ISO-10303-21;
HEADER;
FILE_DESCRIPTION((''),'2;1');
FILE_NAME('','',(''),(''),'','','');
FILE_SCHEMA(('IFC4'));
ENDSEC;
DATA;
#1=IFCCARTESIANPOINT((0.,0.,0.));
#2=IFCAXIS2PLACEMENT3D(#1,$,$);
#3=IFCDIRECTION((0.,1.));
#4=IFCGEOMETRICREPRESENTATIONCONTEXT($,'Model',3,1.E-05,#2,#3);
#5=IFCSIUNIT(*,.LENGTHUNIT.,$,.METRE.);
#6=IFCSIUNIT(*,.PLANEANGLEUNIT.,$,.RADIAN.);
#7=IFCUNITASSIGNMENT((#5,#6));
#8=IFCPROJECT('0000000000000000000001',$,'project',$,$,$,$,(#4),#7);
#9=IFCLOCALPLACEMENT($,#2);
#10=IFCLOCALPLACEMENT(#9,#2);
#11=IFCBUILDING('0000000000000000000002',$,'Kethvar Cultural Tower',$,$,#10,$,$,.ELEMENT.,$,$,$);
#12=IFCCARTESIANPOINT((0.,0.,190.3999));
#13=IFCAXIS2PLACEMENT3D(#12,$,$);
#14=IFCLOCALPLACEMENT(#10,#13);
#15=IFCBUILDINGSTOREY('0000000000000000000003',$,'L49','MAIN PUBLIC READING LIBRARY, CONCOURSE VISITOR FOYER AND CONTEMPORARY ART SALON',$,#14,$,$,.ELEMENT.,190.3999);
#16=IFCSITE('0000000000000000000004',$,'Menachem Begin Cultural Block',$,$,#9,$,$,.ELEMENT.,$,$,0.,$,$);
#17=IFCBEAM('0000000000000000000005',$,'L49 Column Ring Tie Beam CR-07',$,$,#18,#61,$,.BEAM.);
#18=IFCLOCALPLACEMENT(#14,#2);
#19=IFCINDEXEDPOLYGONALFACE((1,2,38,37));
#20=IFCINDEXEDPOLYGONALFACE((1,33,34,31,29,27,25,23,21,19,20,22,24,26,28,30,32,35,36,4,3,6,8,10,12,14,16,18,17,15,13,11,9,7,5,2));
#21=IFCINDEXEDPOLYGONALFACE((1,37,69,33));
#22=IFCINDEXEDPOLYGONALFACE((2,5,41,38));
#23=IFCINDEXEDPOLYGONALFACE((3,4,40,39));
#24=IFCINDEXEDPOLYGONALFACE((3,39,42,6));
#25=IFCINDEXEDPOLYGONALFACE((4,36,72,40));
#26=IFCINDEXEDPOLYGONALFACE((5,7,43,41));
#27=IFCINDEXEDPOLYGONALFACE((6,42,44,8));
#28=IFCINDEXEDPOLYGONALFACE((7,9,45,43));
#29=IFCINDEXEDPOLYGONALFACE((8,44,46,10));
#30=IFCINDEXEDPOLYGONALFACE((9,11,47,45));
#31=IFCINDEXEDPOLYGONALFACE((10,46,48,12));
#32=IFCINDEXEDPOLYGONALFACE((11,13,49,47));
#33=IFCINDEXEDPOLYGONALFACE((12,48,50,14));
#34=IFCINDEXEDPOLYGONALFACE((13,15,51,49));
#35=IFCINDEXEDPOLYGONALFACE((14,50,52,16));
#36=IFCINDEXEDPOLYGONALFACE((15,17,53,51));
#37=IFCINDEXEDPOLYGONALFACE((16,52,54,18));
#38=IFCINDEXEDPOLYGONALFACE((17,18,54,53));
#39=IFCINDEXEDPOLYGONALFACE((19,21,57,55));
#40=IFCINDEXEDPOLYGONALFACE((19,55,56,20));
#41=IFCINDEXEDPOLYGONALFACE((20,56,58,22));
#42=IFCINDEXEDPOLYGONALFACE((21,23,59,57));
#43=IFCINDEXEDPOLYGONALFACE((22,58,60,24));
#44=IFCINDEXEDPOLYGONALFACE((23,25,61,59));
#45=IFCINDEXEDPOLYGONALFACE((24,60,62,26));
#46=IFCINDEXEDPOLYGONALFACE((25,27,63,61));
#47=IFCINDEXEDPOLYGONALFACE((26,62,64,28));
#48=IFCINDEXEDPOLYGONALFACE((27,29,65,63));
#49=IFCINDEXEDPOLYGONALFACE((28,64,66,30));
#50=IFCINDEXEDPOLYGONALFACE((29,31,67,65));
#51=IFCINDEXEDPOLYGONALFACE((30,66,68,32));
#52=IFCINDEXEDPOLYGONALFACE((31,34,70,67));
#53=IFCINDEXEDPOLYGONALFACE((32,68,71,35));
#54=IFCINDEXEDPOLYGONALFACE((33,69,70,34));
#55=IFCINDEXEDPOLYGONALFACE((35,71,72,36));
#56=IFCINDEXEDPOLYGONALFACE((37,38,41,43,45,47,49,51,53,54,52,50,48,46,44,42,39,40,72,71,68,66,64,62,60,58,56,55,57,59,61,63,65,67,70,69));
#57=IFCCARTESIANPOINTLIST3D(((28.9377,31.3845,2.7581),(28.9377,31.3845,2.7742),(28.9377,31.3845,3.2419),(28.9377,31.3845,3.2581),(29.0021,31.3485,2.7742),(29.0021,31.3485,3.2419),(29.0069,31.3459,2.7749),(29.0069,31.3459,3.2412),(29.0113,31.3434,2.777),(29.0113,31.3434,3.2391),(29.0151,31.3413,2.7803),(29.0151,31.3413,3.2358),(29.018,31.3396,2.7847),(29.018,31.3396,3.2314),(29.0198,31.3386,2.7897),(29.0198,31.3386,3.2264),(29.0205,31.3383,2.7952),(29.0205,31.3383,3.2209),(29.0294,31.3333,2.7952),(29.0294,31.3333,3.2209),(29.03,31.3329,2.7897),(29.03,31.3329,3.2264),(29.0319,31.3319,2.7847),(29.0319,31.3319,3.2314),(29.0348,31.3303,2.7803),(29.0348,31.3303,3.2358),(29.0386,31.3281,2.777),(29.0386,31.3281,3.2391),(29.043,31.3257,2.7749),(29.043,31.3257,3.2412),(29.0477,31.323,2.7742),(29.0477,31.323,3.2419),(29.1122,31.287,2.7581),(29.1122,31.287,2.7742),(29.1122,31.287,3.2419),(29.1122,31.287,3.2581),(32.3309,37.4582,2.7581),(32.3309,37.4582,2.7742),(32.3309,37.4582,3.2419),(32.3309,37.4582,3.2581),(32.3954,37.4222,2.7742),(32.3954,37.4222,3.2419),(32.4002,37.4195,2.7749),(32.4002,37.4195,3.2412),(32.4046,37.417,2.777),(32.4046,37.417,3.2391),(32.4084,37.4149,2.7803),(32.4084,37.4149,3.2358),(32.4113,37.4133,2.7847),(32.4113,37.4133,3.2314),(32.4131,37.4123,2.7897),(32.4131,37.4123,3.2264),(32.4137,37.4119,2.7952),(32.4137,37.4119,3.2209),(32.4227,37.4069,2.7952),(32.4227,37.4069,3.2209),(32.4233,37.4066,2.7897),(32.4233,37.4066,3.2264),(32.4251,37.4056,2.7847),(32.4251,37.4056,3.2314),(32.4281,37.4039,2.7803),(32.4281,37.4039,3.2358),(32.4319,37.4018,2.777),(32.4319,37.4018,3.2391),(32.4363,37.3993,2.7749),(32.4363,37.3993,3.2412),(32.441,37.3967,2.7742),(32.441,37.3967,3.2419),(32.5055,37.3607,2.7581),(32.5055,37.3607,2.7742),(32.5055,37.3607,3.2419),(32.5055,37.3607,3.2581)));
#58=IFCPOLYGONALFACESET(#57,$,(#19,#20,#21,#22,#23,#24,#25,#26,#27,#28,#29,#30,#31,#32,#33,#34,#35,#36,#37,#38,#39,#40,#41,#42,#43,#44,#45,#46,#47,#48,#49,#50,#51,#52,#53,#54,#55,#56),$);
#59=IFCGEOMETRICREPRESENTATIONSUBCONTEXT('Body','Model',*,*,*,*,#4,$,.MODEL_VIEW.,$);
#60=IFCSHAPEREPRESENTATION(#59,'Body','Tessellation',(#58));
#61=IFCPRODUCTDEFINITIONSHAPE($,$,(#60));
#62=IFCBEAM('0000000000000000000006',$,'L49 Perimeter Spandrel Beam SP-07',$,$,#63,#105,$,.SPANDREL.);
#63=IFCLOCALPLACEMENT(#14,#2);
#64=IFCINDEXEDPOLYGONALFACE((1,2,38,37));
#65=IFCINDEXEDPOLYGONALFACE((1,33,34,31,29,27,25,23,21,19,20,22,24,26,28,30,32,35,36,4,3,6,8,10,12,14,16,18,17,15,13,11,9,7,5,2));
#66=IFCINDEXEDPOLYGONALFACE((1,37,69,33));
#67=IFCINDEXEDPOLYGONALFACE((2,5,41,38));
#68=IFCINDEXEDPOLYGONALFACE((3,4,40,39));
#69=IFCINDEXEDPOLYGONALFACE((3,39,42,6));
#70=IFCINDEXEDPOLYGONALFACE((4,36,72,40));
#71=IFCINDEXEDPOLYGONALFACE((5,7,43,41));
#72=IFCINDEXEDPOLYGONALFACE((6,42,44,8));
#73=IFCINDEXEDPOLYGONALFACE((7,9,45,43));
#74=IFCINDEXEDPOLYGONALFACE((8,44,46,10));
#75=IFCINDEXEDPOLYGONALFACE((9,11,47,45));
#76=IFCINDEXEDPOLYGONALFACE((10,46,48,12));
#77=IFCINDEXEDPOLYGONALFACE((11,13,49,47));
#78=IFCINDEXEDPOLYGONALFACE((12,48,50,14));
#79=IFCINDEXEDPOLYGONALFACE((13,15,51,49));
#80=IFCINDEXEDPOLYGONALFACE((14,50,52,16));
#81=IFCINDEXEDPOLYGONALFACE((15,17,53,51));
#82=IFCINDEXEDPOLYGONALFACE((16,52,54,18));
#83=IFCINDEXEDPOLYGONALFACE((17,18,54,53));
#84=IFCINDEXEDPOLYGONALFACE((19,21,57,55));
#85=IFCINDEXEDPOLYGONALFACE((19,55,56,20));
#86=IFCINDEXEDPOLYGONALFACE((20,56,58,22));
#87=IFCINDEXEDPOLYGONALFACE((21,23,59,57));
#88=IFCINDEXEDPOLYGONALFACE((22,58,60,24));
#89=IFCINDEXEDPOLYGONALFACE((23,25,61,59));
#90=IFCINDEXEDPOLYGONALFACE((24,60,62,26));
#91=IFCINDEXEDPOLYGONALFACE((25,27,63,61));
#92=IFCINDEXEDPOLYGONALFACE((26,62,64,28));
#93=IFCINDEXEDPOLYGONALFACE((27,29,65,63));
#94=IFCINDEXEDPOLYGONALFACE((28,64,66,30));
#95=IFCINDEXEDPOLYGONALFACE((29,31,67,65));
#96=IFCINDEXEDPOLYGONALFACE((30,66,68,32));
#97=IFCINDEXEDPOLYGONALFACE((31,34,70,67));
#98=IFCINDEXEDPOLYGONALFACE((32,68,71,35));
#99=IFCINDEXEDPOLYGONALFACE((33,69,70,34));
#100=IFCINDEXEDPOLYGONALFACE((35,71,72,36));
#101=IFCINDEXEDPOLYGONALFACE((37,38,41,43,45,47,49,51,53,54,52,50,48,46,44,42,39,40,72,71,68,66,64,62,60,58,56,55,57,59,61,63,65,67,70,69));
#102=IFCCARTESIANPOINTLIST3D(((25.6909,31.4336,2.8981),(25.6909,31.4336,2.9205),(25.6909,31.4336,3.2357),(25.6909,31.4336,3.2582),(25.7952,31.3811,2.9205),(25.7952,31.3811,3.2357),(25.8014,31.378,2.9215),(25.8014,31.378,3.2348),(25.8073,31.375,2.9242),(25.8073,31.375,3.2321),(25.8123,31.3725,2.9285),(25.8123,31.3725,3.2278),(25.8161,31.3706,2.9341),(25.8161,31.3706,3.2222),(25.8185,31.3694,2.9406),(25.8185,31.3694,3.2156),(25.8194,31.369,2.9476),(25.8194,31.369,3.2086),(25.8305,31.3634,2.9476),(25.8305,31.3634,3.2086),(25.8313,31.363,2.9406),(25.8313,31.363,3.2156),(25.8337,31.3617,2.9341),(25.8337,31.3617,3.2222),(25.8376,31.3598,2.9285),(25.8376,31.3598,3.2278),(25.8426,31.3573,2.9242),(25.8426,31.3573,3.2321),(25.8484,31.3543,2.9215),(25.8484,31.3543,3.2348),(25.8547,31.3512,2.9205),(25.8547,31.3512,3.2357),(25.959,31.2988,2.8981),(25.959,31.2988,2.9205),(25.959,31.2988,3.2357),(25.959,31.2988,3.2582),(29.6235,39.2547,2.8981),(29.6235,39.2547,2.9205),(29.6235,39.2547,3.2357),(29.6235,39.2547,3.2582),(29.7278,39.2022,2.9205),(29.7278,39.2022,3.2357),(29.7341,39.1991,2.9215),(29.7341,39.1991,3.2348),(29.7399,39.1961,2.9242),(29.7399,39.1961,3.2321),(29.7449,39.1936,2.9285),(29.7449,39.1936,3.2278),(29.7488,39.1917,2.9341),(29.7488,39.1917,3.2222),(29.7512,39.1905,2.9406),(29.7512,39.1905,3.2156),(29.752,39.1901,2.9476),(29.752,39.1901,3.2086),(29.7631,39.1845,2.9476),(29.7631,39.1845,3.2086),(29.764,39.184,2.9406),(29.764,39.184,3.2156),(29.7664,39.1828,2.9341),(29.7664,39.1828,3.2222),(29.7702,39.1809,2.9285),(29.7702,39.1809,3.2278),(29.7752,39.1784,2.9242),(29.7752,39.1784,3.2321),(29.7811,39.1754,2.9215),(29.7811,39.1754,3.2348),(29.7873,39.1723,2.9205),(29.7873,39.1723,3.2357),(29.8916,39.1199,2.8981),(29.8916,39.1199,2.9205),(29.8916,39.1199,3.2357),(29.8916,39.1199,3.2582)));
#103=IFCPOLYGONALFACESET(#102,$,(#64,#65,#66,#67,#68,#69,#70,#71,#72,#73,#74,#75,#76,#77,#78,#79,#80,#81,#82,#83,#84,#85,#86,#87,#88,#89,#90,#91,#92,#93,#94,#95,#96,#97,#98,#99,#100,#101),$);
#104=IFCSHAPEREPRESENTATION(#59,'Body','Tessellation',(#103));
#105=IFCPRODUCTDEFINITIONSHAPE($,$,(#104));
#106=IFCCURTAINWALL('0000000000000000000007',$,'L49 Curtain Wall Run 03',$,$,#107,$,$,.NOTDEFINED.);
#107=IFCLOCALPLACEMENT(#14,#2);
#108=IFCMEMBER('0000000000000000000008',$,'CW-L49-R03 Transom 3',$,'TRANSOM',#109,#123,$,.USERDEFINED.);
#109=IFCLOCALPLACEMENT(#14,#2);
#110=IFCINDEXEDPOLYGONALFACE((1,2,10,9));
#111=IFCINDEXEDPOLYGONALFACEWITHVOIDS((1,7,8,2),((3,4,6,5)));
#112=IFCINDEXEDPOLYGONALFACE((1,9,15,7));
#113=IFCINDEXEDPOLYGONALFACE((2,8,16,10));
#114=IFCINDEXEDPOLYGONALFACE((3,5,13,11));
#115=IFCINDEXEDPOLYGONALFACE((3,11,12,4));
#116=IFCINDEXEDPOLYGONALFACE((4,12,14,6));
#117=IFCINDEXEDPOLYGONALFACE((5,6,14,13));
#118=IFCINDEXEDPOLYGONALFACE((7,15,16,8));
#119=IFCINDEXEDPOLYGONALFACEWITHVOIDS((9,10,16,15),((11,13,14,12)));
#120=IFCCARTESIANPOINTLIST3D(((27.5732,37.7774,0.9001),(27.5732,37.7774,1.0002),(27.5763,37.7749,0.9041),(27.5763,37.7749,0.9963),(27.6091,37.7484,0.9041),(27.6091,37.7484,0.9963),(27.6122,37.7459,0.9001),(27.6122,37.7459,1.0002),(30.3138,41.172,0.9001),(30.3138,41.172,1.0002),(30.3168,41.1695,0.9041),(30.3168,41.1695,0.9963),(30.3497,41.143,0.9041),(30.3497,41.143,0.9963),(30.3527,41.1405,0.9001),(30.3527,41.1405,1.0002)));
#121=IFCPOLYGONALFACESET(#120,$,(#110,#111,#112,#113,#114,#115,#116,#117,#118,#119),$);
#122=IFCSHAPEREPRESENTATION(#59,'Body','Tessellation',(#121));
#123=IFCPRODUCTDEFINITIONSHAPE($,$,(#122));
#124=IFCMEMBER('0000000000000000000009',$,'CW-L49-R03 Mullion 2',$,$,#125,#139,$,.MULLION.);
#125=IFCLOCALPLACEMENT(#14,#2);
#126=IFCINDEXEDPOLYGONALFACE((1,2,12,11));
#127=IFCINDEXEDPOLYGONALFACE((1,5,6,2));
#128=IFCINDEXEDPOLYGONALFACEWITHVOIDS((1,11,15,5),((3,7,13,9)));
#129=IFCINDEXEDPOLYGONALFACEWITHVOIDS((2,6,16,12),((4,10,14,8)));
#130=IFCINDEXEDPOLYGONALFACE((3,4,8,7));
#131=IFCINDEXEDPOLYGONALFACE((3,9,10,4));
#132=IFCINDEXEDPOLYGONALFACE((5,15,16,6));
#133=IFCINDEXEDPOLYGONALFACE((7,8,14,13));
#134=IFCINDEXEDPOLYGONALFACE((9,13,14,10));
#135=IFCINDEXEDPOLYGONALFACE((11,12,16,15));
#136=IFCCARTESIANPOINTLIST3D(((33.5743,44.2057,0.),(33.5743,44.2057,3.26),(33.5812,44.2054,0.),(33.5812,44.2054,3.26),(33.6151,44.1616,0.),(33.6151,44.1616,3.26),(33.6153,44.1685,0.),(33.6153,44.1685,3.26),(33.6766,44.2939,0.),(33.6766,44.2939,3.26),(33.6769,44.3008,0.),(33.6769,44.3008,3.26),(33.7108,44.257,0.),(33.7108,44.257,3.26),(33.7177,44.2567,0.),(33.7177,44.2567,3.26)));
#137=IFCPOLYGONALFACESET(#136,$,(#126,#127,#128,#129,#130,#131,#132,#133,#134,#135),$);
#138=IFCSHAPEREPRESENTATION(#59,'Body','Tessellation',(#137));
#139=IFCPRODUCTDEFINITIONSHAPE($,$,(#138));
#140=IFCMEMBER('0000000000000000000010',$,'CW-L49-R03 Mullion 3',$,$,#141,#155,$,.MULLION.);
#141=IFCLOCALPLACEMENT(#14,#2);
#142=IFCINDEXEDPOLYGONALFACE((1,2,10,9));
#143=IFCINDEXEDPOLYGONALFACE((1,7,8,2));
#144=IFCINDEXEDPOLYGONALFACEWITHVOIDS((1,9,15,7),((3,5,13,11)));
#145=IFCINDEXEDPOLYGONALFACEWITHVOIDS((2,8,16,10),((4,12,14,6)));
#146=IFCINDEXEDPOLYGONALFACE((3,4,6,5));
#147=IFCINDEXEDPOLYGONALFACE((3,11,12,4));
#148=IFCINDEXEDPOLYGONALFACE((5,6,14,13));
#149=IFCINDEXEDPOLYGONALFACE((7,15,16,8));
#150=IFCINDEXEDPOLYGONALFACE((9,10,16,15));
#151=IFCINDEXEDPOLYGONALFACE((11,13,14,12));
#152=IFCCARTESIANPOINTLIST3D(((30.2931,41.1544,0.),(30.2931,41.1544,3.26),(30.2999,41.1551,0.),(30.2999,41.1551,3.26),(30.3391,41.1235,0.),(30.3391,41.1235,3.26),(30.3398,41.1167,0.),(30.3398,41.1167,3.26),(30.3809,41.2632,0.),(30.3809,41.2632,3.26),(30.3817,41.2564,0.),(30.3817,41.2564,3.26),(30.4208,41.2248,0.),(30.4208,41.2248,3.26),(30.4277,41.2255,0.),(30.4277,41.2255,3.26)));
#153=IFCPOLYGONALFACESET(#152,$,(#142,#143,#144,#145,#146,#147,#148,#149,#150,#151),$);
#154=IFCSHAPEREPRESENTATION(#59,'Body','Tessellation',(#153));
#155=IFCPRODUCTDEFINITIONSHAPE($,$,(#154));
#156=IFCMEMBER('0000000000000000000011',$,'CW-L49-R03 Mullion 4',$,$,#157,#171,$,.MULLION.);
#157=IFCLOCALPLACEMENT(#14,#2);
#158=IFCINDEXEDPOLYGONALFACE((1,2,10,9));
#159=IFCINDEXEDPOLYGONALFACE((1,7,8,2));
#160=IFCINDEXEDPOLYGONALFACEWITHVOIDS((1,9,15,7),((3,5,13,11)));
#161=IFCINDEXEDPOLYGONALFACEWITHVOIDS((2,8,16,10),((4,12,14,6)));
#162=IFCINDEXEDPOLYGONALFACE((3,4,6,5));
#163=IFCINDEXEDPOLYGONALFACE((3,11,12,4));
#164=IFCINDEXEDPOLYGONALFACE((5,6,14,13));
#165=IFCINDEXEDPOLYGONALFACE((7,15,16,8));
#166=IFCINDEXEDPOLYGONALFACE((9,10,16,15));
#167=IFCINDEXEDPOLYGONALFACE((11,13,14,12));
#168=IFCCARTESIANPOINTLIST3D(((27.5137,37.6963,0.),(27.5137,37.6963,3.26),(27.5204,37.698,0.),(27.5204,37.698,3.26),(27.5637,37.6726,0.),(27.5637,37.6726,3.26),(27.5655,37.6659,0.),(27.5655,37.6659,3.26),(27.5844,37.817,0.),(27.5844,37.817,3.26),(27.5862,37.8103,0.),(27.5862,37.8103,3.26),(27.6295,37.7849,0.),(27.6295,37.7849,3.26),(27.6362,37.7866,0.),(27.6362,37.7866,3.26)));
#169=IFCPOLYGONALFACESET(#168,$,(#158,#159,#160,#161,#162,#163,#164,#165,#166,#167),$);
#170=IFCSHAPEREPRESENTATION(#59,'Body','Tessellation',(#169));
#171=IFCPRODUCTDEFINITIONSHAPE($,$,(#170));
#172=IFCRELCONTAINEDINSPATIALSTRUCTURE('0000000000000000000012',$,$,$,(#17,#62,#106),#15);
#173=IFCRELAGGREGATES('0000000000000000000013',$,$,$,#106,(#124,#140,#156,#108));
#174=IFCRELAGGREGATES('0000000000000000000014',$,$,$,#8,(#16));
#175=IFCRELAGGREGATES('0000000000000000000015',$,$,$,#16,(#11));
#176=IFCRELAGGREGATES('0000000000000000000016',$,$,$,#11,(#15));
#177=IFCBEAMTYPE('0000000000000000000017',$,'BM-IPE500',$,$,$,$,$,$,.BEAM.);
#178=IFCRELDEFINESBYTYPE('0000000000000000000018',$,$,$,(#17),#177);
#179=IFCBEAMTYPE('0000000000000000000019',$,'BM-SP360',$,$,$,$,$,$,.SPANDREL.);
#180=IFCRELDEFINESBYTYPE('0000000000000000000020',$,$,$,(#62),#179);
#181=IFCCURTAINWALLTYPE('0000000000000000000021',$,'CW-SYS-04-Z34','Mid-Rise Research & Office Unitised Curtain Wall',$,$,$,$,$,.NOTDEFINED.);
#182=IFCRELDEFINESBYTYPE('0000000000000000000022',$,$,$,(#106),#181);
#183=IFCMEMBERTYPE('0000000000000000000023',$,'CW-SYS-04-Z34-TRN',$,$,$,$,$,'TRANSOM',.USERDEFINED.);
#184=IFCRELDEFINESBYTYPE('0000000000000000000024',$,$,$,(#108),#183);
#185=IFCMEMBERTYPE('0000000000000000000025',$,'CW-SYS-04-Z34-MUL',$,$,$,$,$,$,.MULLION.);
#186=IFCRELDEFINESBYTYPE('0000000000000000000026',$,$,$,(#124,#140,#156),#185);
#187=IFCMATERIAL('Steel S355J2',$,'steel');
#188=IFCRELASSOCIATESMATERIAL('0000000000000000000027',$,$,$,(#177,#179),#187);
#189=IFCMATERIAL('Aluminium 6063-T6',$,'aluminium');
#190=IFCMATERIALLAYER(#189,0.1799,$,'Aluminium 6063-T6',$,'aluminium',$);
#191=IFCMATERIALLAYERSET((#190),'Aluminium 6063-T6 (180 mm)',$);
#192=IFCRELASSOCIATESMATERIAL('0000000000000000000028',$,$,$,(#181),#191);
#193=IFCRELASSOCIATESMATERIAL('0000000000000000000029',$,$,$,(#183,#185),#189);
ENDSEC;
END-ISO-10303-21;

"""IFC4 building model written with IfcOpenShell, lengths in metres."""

from ifc_helpers import new_model, si_unit, direction, frame, origin, origin_2d, place, context, subcontext, project, spatial, hollow_rectangle, i_section, extrude, source, transform, mapped, material, layer, layer_set, material_profile, profile_set, type_object, element, aggregate, save


model = new_model("IFC4")

# Units and contexts
model_context = context("Model", 3, precision=1e-05, world=origin(), true_north=direction((0.0, 1.0)))
body_context = subcontext(model_context, "Body", "Model", "MODEL_VIEW")
ifc_project = project(units=[si_unit("LENGTHUNIT", "METRE"), si_unit("PLANEANGLEUNIT", "RADIAN")], contexts=[model_context])

# Site, building, storey
site_placement = place(None, origin())
site = spatial("IfcSite", under=ifc_project, at=site_placement, Name="Menachem Begin Cultural Block", CompositionType="ELEMENT", RefElevation=0.0)
building_placement = place(site_placement, origin())
building = spatial("IfcBuilding", under=site, at=building_placement, Name="Kethvar Cultural Tower", CompositionType="ELEMENT")
storey_placement = place(building_placement, frame((0.0, 0.0, 190.3999)))
storey = spatial("IfcBuildingStorey", under=building, at=storey_placement, Name="L49", Description="MAIN PUBLIC READING LIBRARY, CONCOURSE VISITOR FOYER AND CONTEMPORARY ART SALON", CompositionType="ELEMENT", Elevation=190.3999)

# Beams
ifc_material_1 = material(Name="Steel S355J2", Category="steel")
ifc_material_profile_1 = material_profile(ifc_material_1, i_section(OverallWidth=0.2, OverallDepth=0.5, WebThickness=0.0103, FlangeThickness=0.0161, FilletRadius=0.021, at=origin_2d()), Name="Steel S355J2 — IPE500")
ifc_profile_set_1 = profile_set([ifc_material_profile_1], Name="Steel S355J2 — IPE500")
beam_type_1 = type_object("IfcBeamType", Name="BM-IPE500", PredefinedType="BEAM", material=ifc_profile_set_1)
ifc_material_profile_2 = material_profile(ifc_material_1, i_section(OverallWidth=0.3, OverallDepth=0.3601, WebThickness=0.0125, FlangeThickness=0.0225, FilletRadius=0.0271, at=origin_2d()), Name="Steel S355J2 — HEB360")
ifc_profile_set_2 = profile_set([ifc_material_profile_2], Name="Steel S355J2 — HEB360")
beam_type_2 = type_object("IfcBeamType", Name="BM-SP360", PredefinedType="SPANDREL", material=ifc_profile_set_2)
shared_shape_1 = source(origin(), body_context, "Body", "SweptSolid", [
    extrude(i_section(OverallWidth=0.2, OverallDepth=0.5, WebThickness=0.0103, FlangeThickness=0.0161, FilletRadius=0.021, at=origin_2d()), origin(), (0.0, 0.0, 1.0), 6.9573),
])
beam_1_placement = place(storey_placement, frame((32.4182, 37.4094, 3.0081), z_axis=(-0.48773, -0.872994, 0.0), x_axis=(0.872994, -0.48773, 0.0)))
element("IfcBeam", 1, at=beam_1_placement, inside=storey, type_object=beam_type_1, Name="L49 Column Ring Tie Beam CR-07", PredefinedType="BEAM", context=body_context, shape_type="MappedRepresentation", body=[
    mapped(shared_shape_1, transform((0.0, 0.0, 0.0), scale=1.0)),
])
shared_shape_2 = source(origin(), body_context, "Body", "SweptSolid", [
    extrude(i_section(OverallWidth=0.3, OverallDepth=0.3601, WebThickness=0.0125, FlangeThickness=0.0225, FilletRadius=0.0271, at=origin_2d()), origin(), (0.0, 0.0, 1.0), 8.7542),
])
beam_2_placement = place(storey_placement, frame((29.7576, 39.1873, 3.0781), z_axis=(-0.449232, -0.893415, 0.0), x_axis=(0.893415, -0.449232, 0.0)))
element("IfcBeam", 2, at=beam_2_placement, inside=storey, type_object=beam_type_2, Name="L49 Perimeter Spandrel Beam SP-07", PredefinedType="SPANDREL", context=body_context, shape_type="MappedRepresentation", body=[
    mapped(shared_shape_2, transform((0.0, 0.0, 0.0), scale=1.0)),
])

# Curtain wall, members
ifc_material_2 = material(Name="Aluminium 6063-T6", Category="aluminium")
ifc_layer_1 = layer(ifc_material_2, 0.1799, Name="Aluminium 6063-T6", Category="aluminium")
ifc_layer_set_1 = layer_set([ifc_layer_1], Name="Aluminium 6063-T6 (180 mm)")
curtain_wall_type = type_object("IfcCurtainWallType", Name="CW-SYS-04-Z34", Description="Mid-Rise Research & Office Unitised Curtain Wall", PredefinedType="NOTDEFINED", material=ifc_layer_set_1)
curtain_wall_placement = place(storey_placement, origin())
curtain_wall = element("IfcCurtainWall", 3, at=curtain_wall_placement, inside=storey, type_object=curtain_wall_type, Name="L49 Curtain Wall Run 03", PredefinedType="NOTDEFINED")
ifc_material_profile_3 = material_profile(ifc_material_2, hollow_rectangle(XDim=0.05, YDim=0.1001, WallThickness=0.0039, at=origin_2d()), Name="Aluminium 6063-T6 — RHS100x50x4")
ifc_profile_set_3 = profile_set([ifc_material_profile_3], Name="Aluminium 6063-T6 — RHS100x50x4")
member_type_1 = type_object("IfcMemberType", Name="CW-SYS-04-Z34-TRN", ElementType="TRANSOM", PredefinedType="USERDEFINED", material=ifc_profile_set_3)
shared_shape_3 = source(origin(), body_context, "Body", "SweptSolid", [
    extrude(hollow_rectangle(XDim=0.05, YDim=0.1001, WallThickness=0.0039, at=origin_2d()), origin(), (0.0, 0.0, 1.0), 4.3628),
])
member_1_placement = place(storey_placement, frame((30.3333, 41.1562, 0.9502), z_axis=(-0.628163, -0.778082, 0.0), x_axis=(0.778082, -0.628163, 0.0)))
member_1 = element("IfcMember", 4, at=member_1_placement, type_object=member_type_1, Name="CW-L49-R03 Transom 3", ObjectType="TRANSOM", PredefinedType="USERDEFINED", context=body_context, shape_type="MappedRepresentation", body=[
    mapped(shared_shape_3, transform((0.0, 0.0, 0.0), scale=1.0)),
])
ifc_material_profile_4 = material_profile(ifc_material_2, hollow_rectangle(XDim=0.0601, YDim=0.1399, WallThickness=0.0049, at=origin_2d()), Name="Aluminium 6063-T6 — RHS140x60x5")
ifc_profile_set_4 = profile_set([ifc_material_profile_4], Name="Aluminium 6063-T6 — RHS140x60x5")
member_type_2 = type_object("IfcMemberType", Name="CW-SYS-04-Z34-MUL", PredefinedType="MULLION", material=ifc_profile_set_4)
shared_shape_4 = source(origin(), body_context, "Body", "SweptSolid", [
    extrude(hollow_rectangle(XDim=0.0601, YDim=0.1399, WallThickness=0.0049, at=origin_2d()), origin(), (0.0, 0.0, 1.0), 3.26),
])
member_2_placement = place(storey_placement, frame((33.646, 44.2312, 0.0), z_axis=(0.0, 0.0, 1.0), x_axis=(0.679467, -0.733706, 0.0)))
member_2 = element("IfcMember", 5, at=member_2_placement, type_object=member_type_2, Name="CW-L49-R03 Mullion 2", PredefinedType="MULLION", context=body_context, shape_type="MappedRepresentation", body=[
    mapped(shared_shape_4, transform((0.0, 0.0, 0.0), scale=1.0)),
])
member_3_placement = place(storey_placement, frame((30.3604, 41.1899, 0.0), z_axis=(0.0, 0.0, 1.0), x_axis=(0.778112, -0.628126, 0.0)))
member_3 = element("IfcMember", 6, at=member_3_placement, type_object=member_type_2, Name="CW-L49-R03 Mullion 3", PredefinedType="MULLION", context=body_context, shape_type="MappedRepresentation", body=[
    mapped(shared_shape_4, transform((0.0, 0.0, 0.0), scale=1.0)),
])
member_4_placement = place(storey_placement, frame((27.575, 37.7415, 0.0), z_axis=(0.0, 0.0, 1.0), x_axis=(0.862699, -0.505718, 0.0)))
member_4 = element("IfcMember", 7, at=member_4_placement, type_object=member_type_2, Name="CW-L49-R03 Mullion 4", PredefinedType="MULLION", context=body_context, shape_type="MappedRepresentation", body=[
    mapped(shared_shape_4, transform((0.0, 0.0, 0.0), scale=1.0)),
])
aggregate(curtain_wall, [member_2, member_3, member_4, member_1])

save(model, "model.ifc")
